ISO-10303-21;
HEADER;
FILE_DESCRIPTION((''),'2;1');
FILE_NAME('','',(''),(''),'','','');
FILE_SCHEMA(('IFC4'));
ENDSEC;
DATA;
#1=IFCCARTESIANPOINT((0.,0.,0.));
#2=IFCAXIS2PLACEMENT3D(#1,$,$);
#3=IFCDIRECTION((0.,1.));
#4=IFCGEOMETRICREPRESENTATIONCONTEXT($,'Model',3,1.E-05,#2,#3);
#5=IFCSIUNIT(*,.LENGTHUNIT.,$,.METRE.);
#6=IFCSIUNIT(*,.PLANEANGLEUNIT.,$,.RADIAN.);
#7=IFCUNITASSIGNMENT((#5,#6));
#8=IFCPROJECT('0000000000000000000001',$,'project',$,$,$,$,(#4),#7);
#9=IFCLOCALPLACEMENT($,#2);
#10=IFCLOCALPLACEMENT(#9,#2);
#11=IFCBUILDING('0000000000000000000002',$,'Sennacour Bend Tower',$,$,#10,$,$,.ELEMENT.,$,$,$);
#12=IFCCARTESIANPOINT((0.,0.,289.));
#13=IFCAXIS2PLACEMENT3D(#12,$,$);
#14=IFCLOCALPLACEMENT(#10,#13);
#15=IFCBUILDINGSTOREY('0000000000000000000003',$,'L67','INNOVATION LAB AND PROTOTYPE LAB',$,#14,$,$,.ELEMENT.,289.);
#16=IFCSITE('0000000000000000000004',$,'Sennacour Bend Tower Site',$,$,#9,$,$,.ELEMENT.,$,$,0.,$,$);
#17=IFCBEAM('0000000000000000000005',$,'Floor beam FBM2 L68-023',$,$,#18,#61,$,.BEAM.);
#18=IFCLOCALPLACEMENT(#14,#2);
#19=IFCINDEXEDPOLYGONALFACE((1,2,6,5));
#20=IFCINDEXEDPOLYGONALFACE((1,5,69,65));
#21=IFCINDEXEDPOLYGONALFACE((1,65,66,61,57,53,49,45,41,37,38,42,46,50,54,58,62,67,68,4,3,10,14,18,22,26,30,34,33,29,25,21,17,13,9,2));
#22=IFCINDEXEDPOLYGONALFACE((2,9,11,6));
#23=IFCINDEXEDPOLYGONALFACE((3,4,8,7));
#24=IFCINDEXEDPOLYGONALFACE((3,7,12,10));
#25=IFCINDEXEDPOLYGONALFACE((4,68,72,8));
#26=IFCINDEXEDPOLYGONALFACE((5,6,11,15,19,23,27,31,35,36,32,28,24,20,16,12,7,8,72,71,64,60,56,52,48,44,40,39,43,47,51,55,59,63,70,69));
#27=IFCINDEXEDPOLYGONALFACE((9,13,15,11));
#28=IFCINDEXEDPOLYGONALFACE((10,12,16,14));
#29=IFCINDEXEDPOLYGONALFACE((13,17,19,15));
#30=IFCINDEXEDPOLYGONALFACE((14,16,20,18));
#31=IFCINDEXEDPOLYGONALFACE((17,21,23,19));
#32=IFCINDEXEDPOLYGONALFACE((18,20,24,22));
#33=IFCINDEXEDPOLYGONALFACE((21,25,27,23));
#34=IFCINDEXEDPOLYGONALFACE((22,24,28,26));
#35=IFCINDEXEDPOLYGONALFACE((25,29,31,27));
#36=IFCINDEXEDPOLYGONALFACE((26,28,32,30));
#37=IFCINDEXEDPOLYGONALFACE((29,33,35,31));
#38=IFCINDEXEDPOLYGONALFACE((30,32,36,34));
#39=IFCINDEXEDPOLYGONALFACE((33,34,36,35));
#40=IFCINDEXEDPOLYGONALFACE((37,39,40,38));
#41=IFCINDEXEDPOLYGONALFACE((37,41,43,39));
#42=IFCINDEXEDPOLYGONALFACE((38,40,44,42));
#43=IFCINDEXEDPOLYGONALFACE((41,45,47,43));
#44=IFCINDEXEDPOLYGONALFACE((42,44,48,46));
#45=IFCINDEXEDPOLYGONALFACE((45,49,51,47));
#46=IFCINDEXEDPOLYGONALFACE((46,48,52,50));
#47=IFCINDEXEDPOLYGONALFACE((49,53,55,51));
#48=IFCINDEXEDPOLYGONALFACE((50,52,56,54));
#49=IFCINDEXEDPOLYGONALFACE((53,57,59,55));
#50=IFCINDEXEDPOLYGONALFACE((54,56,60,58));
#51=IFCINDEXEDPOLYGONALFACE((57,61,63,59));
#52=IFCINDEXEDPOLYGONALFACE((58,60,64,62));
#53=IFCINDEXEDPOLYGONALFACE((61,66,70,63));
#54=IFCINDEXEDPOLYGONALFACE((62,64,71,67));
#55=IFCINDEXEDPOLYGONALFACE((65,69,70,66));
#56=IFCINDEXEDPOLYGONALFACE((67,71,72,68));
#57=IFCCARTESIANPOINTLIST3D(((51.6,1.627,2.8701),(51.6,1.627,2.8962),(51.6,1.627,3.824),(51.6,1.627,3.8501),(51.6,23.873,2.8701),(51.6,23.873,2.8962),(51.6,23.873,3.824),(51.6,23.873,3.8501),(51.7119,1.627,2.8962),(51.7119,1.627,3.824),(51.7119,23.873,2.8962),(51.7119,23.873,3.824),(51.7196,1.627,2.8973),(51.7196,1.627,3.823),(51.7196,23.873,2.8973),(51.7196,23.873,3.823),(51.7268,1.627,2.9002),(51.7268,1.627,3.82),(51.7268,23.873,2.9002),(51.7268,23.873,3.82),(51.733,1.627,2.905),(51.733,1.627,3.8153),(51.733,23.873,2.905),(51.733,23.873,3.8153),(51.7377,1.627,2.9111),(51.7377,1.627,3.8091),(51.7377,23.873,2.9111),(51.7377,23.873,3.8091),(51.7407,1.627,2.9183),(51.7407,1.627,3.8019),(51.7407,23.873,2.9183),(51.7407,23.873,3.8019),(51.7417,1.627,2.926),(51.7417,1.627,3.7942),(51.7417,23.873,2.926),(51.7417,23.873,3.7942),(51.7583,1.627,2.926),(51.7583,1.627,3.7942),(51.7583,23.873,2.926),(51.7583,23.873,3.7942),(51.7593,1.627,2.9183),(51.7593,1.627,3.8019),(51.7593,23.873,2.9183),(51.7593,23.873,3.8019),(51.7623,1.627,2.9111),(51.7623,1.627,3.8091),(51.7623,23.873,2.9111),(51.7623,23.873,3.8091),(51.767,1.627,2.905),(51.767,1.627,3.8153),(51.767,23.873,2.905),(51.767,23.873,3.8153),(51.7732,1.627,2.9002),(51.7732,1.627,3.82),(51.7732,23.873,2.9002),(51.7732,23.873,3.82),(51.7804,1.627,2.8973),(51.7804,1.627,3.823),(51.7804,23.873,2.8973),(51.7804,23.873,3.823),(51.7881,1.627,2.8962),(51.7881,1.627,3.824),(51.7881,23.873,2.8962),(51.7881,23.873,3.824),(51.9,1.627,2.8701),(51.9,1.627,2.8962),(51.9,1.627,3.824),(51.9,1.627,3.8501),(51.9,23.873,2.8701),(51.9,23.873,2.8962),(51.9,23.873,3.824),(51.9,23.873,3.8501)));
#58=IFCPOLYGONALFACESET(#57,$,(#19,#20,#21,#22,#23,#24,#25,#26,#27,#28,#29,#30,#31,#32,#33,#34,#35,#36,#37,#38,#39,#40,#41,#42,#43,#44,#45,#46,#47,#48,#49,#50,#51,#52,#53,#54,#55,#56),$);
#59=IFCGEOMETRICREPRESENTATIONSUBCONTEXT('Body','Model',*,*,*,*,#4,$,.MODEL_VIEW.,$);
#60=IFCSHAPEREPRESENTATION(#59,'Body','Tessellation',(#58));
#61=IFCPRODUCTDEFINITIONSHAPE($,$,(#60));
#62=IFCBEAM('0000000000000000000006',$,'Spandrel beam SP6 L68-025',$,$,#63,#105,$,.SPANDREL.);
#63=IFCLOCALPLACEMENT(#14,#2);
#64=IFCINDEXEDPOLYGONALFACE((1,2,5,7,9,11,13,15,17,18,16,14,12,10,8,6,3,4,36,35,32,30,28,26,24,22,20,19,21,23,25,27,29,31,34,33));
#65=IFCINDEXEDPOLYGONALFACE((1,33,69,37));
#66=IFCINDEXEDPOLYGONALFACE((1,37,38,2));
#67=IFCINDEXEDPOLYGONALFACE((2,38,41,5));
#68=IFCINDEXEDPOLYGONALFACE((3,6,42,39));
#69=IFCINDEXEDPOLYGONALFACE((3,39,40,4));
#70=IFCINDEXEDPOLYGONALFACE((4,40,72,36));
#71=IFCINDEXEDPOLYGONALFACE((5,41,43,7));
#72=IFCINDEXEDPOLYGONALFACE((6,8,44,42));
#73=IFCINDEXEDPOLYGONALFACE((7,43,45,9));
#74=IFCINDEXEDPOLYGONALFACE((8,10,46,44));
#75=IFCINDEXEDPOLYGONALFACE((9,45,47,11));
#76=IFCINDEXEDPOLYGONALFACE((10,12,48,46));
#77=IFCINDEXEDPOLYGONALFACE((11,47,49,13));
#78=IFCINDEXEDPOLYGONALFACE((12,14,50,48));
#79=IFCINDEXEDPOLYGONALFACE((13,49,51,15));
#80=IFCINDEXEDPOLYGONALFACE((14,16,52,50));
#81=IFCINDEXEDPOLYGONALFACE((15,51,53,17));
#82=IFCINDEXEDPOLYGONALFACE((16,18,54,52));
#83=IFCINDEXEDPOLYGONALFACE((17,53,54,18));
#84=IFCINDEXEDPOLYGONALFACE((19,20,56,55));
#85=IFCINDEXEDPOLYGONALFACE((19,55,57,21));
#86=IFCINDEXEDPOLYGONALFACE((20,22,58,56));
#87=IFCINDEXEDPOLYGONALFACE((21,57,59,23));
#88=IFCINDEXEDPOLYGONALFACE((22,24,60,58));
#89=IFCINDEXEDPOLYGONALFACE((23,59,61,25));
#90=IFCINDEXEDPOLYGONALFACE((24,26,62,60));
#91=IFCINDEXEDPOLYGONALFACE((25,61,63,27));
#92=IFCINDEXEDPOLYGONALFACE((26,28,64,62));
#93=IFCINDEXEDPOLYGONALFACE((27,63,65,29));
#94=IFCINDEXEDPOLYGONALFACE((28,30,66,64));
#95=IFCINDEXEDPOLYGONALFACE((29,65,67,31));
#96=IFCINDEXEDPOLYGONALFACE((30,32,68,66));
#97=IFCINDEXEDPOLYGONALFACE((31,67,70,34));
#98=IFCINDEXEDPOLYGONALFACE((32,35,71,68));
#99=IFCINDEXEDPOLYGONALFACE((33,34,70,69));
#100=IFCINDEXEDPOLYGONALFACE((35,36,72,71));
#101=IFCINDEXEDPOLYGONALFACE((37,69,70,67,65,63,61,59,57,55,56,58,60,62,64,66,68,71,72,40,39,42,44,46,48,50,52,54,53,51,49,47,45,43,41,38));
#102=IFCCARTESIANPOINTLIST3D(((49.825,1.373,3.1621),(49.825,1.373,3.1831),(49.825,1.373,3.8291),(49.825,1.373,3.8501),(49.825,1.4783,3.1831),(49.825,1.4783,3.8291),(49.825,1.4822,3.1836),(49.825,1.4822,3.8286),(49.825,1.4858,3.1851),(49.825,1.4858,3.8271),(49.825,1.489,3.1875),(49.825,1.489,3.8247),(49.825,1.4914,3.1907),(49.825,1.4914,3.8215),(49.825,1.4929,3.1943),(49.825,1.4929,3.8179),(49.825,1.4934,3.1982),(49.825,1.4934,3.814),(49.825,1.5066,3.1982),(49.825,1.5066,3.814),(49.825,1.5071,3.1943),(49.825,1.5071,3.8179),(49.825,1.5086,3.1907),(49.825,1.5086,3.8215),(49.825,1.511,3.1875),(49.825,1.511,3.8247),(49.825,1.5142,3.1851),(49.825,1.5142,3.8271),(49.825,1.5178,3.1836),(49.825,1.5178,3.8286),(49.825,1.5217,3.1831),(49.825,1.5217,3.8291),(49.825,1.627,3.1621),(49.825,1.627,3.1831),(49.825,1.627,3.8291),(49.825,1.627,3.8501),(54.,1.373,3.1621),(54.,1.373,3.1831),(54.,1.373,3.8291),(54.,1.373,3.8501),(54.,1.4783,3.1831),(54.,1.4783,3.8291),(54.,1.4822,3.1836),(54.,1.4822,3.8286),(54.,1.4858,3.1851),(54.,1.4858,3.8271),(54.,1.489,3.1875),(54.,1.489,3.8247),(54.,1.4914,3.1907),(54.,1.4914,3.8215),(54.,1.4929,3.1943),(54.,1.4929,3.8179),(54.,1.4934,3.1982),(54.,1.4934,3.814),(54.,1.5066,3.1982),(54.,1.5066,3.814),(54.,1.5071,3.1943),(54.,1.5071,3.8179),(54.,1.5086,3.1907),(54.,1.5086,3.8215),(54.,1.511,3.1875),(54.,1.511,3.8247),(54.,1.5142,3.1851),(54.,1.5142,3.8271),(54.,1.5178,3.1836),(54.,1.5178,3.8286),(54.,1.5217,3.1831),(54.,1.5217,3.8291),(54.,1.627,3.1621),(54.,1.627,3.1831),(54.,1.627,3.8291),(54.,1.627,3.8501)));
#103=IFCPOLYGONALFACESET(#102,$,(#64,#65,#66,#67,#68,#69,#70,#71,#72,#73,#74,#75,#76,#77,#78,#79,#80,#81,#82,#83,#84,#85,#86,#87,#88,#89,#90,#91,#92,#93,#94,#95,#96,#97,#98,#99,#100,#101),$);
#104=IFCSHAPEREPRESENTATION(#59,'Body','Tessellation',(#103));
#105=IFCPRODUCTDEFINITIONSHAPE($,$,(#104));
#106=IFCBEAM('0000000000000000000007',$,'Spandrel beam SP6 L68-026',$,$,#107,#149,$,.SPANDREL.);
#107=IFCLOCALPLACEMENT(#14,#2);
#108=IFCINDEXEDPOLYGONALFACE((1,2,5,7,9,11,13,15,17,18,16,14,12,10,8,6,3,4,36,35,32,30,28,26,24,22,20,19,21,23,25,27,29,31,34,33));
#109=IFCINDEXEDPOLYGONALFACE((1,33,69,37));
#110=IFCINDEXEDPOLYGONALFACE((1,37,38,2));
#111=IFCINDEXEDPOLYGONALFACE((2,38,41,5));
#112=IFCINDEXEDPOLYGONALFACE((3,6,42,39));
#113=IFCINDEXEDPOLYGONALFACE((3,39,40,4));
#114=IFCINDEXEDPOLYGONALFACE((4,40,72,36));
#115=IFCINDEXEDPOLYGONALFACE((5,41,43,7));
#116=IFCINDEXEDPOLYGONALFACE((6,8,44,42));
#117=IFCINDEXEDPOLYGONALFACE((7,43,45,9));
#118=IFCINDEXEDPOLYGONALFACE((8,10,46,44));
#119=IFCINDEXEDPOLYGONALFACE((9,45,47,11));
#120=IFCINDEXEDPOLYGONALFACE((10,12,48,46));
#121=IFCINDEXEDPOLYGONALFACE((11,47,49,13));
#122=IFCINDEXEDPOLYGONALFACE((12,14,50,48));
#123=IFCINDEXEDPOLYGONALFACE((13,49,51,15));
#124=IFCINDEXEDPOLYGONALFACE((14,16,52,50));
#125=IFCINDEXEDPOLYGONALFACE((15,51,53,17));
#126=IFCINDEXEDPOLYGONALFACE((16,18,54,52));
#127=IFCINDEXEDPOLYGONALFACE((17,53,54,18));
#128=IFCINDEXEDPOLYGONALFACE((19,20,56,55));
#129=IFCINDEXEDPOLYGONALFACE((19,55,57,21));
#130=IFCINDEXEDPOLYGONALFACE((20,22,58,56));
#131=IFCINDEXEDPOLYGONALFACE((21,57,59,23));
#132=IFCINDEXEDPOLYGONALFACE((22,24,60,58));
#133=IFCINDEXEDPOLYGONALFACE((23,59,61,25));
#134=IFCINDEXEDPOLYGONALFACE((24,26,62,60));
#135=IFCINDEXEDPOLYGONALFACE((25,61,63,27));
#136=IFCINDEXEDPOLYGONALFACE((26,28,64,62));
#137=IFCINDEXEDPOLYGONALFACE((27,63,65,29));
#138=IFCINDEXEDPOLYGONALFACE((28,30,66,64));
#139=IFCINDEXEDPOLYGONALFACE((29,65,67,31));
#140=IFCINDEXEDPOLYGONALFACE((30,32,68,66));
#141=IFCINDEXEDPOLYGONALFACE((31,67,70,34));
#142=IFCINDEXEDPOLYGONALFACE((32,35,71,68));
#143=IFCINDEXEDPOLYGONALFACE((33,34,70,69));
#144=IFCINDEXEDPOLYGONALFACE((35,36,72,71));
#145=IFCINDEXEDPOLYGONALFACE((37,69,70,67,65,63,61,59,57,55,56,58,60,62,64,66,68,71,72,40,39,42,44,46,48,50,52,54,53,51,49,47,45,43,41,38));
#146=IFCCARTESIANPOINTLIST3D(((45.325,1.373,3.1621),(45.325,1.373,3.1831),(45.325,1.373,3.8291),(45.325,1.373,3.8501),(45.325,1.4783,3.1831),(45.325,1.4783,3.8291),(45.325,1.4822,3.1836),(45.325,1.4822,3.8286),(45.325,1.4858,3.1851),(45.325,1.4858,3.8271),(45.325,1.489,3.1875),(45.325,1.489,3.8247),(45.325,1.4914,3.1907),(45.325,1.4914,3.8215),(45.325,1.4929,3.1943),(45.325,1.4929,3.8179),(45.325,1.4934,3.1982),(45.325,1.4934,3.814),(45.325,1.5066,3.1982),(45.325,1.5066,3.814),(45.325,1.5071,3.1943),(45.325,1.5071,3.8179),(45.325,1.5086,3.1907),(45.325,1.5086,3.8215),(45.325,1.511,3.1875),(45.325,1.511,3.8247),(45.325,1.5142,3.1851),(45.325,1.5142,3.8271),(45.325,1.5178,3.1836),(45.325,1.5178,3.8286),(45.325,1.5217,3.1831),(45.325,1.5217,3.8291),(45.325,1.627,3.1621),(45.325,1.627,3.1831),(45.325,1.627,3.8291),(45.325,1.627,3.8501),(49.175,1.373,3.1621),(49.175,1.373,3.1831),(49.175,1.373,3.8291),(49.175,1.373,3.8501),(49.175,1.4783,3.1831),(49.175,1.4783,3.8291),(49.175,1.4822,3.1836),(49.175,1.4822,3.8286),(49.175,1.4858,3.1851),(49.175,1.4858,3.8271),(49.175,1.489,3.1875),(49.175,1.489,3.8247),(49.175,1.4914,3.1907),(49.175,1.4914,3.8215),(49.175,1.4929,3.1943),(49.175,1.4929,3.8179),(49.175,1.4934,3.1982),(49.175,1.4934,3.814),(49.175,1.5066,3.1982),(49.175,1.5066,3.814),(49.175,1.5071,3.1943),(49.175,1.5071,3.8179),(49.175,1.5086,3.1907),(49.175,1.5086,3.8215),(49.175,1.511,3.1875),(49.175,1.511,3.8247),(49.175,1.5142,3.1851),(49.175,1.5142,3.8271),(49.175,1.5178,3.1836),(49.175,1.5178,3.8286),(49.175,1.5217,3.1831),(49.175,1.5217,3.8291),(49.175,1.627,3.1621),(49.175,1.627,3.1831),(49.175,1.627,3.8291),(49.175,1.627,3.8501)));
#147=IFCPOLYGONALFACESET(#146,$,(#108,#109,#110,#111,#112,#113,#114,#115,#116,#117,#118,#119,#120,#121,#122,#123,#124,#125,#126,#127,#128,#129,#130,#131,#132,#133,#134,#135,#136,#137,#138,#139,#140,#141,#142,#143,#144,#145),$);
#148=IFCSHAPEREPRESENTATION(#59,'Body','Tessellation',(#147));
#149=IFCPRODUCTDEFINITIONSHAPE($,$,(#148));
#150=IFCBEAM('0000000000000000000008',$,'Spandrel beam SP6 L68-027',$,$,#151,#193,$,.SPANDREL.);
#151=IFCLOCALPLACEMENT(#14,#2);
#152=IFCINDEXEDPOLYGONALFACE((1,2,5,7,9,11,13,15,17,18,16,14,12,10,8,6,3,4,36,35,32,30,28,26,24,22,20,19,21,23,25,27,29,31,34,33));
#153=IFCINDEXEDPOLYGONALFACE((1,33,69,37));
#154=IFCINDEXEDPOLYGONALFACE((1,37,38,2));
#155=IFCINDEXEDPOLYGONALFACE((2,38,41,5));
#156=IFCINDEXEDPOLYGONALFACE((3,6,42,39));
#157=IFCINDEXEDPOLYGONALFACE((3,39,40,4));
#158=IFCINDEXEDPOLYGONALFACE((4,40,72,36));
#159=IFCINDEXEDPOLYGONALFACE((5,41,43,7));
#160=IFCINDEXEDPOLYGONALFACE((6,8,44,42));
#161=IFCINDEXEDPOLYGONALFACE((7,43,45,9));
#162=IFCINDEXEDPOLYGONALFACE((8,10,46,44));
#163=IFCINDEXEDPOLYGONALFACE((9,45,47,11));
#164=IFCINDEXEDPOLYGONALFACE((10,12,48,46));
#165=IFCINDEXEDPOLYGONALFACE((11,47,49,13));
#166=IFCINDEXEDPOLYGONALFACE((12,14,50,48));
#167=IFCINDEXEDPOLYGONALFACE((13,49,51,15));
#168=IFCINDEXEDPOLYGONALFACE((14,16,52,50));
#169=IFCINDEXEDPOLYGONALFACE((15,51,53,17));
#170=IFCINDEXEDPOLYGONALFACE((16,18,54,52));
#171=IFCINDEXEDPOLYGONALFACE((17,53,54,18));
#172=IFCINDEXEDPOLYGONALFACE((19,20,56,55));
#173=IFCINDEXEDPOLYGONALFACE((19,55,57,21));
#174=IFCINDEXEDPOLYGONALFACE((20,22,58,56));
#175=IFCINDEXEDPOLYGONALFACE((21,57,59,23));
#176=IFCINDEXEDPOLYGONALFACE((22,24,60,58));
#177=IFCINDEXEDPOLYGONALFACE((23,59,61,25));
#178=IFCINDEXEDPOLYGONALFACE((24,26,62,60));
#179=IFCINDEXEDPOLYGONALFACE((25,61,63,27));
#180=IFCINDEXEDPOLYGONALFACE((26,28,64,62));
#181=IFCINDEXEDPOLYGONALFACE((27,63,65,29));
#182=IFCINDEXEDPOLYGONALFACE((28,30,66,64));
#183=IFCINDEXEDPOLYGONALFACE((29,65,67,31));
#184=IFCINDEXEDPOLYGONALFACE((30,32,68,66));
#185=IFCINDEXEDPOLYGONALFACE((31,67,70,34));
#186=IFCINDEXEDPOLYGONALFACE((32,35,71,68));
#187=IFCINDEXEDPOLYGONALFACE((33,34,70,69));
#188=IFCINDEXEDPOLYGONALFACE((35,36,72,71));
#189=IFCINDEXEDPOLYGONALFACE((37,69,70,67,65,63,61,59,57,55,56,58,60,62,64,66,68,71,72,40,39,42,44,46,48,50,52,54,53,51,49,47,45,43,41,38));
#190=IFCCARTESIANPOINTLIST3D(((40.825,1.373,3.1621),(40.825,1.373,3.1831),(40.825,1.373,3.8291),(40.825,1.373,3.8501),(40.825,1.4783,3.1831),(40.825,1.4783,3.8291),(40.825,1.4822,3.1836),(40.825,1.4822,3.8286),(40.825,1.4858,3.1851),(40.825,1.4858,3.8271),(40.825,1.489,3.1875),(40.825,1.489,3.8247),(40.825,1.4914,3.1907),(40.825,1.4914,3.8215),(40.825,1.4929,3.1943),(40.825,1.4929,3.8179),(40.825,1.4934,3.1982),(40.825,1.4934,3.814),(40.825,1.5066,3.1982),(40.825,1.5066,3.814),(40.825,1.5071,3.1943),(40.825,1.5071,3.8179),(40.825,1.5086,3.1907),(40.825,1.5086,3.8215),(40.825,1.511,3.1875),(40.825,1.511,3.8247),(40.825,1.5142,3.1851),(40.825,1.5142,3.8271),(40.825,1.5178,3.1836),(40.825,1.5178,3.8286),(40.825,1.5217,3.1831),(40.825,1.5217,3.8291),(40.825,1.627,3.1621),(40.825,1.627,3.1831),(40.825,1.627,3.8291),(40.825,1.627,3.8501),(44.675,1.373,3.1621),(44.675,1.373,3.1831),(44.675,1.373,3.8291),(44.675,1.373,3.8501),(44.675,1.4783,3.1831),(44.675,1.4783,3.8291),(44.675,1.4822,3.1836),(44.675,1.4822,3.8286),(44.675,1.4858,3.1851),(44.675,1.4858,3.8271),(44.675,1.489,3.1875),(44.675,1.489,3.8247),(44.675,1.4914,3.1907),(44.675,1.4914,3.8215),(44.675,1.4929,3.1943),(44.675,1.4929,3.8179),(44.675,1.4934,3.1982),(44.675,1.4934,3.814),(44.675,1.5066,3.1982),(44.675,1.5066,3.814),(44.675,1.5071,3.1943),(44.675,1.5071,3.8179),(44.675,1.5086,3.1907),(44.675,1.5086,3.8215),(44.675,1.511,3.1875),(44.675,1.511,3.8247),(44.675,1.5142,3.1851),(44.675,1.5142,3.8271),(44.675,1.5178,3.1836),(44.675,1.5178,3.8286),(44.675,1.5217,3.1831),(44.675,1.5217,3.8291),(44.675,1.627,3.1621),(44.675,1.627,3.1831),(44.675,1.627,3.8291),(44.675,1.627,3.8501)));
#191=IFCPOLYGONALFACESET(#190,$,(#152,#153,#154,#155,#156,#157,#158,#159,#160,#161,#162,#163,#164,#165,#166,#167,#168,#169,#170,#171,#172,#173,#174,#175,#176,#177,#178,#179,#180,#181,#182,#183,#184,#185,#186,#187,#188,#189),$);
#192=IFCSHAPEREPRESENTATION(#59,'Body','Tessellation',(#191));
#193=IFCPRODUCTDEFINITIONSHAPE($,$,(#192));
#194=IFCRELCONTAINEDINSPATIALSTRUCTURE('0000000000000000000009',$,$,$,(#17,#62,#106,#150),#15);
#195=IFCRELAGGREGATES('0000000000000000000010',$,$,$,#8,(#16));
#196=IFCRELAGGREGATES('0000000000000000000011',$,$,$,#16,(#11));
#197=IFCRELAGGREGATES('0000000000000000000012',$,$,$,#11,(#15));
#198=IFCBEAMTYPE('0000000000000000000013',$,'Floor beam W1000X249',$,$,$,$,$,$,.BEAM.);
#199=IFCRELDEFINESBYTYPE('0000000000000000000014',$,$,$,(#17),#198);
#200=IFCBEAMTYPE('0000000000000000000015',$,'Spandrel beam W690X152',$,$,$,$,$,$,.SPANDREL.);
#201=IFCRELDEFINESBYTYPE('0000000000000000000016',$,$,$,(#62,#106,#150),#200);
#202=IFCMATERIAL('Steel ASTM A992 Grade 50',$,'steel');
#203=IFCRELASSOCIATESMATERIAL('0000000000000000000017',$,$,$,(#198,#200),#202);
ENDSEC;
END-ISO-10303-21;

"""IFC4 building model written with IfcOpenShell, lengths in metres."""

from ifc_helpers import new_model, si_unit, direction, frame, origin, origin_2d, place, context, subcontext, project, spatial, i_section, extrude, material, material_profile, profile_set, type_object, element, save


model = new_model("IFC4")

# Units and contexts
model_context = context("Model", 3, precision=1e-05, world=origin(), true_north=direction((0.0, 1.0)))
body_context = subcontext(model_context, "Body", "Model", "MODEL_VIEW")
ifc_project = project(units=[si_unit("LENGTHUNIT", "METRE"), si_unit("PLANEANGLEUNIT", "RADIAN")], contexts=[model_context])

# Site, building, storey
site_placement = place(None, origin())
site = spatial("IfcSite", under=ifc_project, at=site_placement, Name="Sennacour Bend Tower Site", CompositionType="ELEMENT", RefElevation=0.0)
building_placement = place(site_placement, origin())
building = spatial("IfcBuilding", under=site, at=building_placement, Name="Sennacour Bend Tower", CompositionType="ELEMENT")
storey_placement = place(building_placement, frame((0.0, 0.0, 289.0)))
storey = spatial("IfcBuildingStorey", under=building, at=storey_placement, Name="L67", Description="INNOVATION LAB AND PROTOTYPE LAB", CompositionType="ELEMENT", Elevation=289.0)

# Beams
ifc_material_1 = material(Name="Steel ASTM A992 Grade 50", Category="steel")
ifc_material_profile_1 = material_profile(ifc_material_1, i_section(OverallWidth=0.3, OverallDepth=0.98, WebThickness=0.0166, FlangeThickness=0.0261, FilletRadius=0.0298, at=origin_2d()), Name="Steel ASTM A992 Grade 50", Category="steel")
ifc_profile_set_1 = profile_set([ifc_material_profile_1], Name="Steel ASTM A992 Grade 50")
beam_type_1 = type_object("IfcBeamType", Name="Floor beam W1000X249", PredefinedType="BEAM", material=ifc_profile_set_1)
beam_1_placement = place(storey_placement, frame((51.75, 1.627, 3.3601), z_axis=(0.0, 1.0, 0.0), x_axis=(-1.0, 0.0, 0.0)))
element("IfcBeam", 1, at=beam_1_placement, inside=storey, type_object=beam_type_1, Name="Floor beam FBM2 L68-023", PredefinedType="BEAM", context=body_context, shape_type="SweptSolid", body=[
    extrude(i_section(OverallWidth=0.3, OverallDepth=0.98, WebThickness=0.0166, FlangeThickness=0.0261, FilletRadius=0.0298, at=origin_2d()), origin(), (0.0, 0.0, 1.0), 22.2461),
])
ifc_material_profile_2 = material_profile(ifc_material_1, i_section(OverallWidth=0.2539, OverallDepth=0.688, WebThickness=0.0132, FlangeThickness=0.021, FilletRadius=0.0151, at=origin_2d()), Name="Steel ASTM A992 Grade 50", Category="steel")
ifc_profile_set_2 = profile_set([ifc_material_profile_2], Name="Steel ASTM A992 Grade 50")
beam_type_2 = type_object("IfcBeamType", Name="Spandrel beam W690X152", PredefinedType="SPANDREL", material=ifc_profile_set_2)
beam_2_placement = place(storey_placement, frame((54.0, 1.5, 3.5061), z_axis=(-1.0, 0.0, 0.0), x_axis=(0.0, -1.0, 0.0)))
element("IfcBeam", 2, at=beam_2_placement, inside=storey, type_object=beam_type_2, Name="Spandrel beam SP6 L68-025", PredefinedType="SPANDREL", context=body_context, shape_type="SweptSolid", body=[
    extrude(i_section(OverallWidth=0.2539, OverallDepth=0.688, WebThickness=0.0132, FlangeThickness=0.021, FilletRadius=0.0151, at=origin_2d()), origin(), (0.0, 0.0, 1.0), 4.175),
])
for number, where, z_axis, x_axis, name in (
    (3, (49.175, 1.5, 3.5061), (-1.0, 0.0, 0.0), (0.0, -1.0, 0.0), "Spandrel beam SP6 L68-026"),
    (4, (44.675, 1.5, 3.5061), (-1.0, 0.0, 0.0), (0.0, -1.0, 0.0), "Spandrel beam SP6 L68-027"),
):
    element("IfcBeam", number, at=place(storey_placement, frame(where, z_axis=z_axis, x_axis=x_axis)), inside=storey, type_object=beam_type_2, Name=name, PredefinedType="SPANDREL", context=body_context, shape_type="SweptSolid", body=[
        extrude(i_section(OverallWidth=0.2539, OverallDepth=0.688, WebThickness=0.0132, FlangeThickness=0.021, FilletRadius=0.0151, at=origin_2d()), origin(), (0.0, 0.0, 1.0), 3.8501),
    ])

save(model, "model.ifc")
